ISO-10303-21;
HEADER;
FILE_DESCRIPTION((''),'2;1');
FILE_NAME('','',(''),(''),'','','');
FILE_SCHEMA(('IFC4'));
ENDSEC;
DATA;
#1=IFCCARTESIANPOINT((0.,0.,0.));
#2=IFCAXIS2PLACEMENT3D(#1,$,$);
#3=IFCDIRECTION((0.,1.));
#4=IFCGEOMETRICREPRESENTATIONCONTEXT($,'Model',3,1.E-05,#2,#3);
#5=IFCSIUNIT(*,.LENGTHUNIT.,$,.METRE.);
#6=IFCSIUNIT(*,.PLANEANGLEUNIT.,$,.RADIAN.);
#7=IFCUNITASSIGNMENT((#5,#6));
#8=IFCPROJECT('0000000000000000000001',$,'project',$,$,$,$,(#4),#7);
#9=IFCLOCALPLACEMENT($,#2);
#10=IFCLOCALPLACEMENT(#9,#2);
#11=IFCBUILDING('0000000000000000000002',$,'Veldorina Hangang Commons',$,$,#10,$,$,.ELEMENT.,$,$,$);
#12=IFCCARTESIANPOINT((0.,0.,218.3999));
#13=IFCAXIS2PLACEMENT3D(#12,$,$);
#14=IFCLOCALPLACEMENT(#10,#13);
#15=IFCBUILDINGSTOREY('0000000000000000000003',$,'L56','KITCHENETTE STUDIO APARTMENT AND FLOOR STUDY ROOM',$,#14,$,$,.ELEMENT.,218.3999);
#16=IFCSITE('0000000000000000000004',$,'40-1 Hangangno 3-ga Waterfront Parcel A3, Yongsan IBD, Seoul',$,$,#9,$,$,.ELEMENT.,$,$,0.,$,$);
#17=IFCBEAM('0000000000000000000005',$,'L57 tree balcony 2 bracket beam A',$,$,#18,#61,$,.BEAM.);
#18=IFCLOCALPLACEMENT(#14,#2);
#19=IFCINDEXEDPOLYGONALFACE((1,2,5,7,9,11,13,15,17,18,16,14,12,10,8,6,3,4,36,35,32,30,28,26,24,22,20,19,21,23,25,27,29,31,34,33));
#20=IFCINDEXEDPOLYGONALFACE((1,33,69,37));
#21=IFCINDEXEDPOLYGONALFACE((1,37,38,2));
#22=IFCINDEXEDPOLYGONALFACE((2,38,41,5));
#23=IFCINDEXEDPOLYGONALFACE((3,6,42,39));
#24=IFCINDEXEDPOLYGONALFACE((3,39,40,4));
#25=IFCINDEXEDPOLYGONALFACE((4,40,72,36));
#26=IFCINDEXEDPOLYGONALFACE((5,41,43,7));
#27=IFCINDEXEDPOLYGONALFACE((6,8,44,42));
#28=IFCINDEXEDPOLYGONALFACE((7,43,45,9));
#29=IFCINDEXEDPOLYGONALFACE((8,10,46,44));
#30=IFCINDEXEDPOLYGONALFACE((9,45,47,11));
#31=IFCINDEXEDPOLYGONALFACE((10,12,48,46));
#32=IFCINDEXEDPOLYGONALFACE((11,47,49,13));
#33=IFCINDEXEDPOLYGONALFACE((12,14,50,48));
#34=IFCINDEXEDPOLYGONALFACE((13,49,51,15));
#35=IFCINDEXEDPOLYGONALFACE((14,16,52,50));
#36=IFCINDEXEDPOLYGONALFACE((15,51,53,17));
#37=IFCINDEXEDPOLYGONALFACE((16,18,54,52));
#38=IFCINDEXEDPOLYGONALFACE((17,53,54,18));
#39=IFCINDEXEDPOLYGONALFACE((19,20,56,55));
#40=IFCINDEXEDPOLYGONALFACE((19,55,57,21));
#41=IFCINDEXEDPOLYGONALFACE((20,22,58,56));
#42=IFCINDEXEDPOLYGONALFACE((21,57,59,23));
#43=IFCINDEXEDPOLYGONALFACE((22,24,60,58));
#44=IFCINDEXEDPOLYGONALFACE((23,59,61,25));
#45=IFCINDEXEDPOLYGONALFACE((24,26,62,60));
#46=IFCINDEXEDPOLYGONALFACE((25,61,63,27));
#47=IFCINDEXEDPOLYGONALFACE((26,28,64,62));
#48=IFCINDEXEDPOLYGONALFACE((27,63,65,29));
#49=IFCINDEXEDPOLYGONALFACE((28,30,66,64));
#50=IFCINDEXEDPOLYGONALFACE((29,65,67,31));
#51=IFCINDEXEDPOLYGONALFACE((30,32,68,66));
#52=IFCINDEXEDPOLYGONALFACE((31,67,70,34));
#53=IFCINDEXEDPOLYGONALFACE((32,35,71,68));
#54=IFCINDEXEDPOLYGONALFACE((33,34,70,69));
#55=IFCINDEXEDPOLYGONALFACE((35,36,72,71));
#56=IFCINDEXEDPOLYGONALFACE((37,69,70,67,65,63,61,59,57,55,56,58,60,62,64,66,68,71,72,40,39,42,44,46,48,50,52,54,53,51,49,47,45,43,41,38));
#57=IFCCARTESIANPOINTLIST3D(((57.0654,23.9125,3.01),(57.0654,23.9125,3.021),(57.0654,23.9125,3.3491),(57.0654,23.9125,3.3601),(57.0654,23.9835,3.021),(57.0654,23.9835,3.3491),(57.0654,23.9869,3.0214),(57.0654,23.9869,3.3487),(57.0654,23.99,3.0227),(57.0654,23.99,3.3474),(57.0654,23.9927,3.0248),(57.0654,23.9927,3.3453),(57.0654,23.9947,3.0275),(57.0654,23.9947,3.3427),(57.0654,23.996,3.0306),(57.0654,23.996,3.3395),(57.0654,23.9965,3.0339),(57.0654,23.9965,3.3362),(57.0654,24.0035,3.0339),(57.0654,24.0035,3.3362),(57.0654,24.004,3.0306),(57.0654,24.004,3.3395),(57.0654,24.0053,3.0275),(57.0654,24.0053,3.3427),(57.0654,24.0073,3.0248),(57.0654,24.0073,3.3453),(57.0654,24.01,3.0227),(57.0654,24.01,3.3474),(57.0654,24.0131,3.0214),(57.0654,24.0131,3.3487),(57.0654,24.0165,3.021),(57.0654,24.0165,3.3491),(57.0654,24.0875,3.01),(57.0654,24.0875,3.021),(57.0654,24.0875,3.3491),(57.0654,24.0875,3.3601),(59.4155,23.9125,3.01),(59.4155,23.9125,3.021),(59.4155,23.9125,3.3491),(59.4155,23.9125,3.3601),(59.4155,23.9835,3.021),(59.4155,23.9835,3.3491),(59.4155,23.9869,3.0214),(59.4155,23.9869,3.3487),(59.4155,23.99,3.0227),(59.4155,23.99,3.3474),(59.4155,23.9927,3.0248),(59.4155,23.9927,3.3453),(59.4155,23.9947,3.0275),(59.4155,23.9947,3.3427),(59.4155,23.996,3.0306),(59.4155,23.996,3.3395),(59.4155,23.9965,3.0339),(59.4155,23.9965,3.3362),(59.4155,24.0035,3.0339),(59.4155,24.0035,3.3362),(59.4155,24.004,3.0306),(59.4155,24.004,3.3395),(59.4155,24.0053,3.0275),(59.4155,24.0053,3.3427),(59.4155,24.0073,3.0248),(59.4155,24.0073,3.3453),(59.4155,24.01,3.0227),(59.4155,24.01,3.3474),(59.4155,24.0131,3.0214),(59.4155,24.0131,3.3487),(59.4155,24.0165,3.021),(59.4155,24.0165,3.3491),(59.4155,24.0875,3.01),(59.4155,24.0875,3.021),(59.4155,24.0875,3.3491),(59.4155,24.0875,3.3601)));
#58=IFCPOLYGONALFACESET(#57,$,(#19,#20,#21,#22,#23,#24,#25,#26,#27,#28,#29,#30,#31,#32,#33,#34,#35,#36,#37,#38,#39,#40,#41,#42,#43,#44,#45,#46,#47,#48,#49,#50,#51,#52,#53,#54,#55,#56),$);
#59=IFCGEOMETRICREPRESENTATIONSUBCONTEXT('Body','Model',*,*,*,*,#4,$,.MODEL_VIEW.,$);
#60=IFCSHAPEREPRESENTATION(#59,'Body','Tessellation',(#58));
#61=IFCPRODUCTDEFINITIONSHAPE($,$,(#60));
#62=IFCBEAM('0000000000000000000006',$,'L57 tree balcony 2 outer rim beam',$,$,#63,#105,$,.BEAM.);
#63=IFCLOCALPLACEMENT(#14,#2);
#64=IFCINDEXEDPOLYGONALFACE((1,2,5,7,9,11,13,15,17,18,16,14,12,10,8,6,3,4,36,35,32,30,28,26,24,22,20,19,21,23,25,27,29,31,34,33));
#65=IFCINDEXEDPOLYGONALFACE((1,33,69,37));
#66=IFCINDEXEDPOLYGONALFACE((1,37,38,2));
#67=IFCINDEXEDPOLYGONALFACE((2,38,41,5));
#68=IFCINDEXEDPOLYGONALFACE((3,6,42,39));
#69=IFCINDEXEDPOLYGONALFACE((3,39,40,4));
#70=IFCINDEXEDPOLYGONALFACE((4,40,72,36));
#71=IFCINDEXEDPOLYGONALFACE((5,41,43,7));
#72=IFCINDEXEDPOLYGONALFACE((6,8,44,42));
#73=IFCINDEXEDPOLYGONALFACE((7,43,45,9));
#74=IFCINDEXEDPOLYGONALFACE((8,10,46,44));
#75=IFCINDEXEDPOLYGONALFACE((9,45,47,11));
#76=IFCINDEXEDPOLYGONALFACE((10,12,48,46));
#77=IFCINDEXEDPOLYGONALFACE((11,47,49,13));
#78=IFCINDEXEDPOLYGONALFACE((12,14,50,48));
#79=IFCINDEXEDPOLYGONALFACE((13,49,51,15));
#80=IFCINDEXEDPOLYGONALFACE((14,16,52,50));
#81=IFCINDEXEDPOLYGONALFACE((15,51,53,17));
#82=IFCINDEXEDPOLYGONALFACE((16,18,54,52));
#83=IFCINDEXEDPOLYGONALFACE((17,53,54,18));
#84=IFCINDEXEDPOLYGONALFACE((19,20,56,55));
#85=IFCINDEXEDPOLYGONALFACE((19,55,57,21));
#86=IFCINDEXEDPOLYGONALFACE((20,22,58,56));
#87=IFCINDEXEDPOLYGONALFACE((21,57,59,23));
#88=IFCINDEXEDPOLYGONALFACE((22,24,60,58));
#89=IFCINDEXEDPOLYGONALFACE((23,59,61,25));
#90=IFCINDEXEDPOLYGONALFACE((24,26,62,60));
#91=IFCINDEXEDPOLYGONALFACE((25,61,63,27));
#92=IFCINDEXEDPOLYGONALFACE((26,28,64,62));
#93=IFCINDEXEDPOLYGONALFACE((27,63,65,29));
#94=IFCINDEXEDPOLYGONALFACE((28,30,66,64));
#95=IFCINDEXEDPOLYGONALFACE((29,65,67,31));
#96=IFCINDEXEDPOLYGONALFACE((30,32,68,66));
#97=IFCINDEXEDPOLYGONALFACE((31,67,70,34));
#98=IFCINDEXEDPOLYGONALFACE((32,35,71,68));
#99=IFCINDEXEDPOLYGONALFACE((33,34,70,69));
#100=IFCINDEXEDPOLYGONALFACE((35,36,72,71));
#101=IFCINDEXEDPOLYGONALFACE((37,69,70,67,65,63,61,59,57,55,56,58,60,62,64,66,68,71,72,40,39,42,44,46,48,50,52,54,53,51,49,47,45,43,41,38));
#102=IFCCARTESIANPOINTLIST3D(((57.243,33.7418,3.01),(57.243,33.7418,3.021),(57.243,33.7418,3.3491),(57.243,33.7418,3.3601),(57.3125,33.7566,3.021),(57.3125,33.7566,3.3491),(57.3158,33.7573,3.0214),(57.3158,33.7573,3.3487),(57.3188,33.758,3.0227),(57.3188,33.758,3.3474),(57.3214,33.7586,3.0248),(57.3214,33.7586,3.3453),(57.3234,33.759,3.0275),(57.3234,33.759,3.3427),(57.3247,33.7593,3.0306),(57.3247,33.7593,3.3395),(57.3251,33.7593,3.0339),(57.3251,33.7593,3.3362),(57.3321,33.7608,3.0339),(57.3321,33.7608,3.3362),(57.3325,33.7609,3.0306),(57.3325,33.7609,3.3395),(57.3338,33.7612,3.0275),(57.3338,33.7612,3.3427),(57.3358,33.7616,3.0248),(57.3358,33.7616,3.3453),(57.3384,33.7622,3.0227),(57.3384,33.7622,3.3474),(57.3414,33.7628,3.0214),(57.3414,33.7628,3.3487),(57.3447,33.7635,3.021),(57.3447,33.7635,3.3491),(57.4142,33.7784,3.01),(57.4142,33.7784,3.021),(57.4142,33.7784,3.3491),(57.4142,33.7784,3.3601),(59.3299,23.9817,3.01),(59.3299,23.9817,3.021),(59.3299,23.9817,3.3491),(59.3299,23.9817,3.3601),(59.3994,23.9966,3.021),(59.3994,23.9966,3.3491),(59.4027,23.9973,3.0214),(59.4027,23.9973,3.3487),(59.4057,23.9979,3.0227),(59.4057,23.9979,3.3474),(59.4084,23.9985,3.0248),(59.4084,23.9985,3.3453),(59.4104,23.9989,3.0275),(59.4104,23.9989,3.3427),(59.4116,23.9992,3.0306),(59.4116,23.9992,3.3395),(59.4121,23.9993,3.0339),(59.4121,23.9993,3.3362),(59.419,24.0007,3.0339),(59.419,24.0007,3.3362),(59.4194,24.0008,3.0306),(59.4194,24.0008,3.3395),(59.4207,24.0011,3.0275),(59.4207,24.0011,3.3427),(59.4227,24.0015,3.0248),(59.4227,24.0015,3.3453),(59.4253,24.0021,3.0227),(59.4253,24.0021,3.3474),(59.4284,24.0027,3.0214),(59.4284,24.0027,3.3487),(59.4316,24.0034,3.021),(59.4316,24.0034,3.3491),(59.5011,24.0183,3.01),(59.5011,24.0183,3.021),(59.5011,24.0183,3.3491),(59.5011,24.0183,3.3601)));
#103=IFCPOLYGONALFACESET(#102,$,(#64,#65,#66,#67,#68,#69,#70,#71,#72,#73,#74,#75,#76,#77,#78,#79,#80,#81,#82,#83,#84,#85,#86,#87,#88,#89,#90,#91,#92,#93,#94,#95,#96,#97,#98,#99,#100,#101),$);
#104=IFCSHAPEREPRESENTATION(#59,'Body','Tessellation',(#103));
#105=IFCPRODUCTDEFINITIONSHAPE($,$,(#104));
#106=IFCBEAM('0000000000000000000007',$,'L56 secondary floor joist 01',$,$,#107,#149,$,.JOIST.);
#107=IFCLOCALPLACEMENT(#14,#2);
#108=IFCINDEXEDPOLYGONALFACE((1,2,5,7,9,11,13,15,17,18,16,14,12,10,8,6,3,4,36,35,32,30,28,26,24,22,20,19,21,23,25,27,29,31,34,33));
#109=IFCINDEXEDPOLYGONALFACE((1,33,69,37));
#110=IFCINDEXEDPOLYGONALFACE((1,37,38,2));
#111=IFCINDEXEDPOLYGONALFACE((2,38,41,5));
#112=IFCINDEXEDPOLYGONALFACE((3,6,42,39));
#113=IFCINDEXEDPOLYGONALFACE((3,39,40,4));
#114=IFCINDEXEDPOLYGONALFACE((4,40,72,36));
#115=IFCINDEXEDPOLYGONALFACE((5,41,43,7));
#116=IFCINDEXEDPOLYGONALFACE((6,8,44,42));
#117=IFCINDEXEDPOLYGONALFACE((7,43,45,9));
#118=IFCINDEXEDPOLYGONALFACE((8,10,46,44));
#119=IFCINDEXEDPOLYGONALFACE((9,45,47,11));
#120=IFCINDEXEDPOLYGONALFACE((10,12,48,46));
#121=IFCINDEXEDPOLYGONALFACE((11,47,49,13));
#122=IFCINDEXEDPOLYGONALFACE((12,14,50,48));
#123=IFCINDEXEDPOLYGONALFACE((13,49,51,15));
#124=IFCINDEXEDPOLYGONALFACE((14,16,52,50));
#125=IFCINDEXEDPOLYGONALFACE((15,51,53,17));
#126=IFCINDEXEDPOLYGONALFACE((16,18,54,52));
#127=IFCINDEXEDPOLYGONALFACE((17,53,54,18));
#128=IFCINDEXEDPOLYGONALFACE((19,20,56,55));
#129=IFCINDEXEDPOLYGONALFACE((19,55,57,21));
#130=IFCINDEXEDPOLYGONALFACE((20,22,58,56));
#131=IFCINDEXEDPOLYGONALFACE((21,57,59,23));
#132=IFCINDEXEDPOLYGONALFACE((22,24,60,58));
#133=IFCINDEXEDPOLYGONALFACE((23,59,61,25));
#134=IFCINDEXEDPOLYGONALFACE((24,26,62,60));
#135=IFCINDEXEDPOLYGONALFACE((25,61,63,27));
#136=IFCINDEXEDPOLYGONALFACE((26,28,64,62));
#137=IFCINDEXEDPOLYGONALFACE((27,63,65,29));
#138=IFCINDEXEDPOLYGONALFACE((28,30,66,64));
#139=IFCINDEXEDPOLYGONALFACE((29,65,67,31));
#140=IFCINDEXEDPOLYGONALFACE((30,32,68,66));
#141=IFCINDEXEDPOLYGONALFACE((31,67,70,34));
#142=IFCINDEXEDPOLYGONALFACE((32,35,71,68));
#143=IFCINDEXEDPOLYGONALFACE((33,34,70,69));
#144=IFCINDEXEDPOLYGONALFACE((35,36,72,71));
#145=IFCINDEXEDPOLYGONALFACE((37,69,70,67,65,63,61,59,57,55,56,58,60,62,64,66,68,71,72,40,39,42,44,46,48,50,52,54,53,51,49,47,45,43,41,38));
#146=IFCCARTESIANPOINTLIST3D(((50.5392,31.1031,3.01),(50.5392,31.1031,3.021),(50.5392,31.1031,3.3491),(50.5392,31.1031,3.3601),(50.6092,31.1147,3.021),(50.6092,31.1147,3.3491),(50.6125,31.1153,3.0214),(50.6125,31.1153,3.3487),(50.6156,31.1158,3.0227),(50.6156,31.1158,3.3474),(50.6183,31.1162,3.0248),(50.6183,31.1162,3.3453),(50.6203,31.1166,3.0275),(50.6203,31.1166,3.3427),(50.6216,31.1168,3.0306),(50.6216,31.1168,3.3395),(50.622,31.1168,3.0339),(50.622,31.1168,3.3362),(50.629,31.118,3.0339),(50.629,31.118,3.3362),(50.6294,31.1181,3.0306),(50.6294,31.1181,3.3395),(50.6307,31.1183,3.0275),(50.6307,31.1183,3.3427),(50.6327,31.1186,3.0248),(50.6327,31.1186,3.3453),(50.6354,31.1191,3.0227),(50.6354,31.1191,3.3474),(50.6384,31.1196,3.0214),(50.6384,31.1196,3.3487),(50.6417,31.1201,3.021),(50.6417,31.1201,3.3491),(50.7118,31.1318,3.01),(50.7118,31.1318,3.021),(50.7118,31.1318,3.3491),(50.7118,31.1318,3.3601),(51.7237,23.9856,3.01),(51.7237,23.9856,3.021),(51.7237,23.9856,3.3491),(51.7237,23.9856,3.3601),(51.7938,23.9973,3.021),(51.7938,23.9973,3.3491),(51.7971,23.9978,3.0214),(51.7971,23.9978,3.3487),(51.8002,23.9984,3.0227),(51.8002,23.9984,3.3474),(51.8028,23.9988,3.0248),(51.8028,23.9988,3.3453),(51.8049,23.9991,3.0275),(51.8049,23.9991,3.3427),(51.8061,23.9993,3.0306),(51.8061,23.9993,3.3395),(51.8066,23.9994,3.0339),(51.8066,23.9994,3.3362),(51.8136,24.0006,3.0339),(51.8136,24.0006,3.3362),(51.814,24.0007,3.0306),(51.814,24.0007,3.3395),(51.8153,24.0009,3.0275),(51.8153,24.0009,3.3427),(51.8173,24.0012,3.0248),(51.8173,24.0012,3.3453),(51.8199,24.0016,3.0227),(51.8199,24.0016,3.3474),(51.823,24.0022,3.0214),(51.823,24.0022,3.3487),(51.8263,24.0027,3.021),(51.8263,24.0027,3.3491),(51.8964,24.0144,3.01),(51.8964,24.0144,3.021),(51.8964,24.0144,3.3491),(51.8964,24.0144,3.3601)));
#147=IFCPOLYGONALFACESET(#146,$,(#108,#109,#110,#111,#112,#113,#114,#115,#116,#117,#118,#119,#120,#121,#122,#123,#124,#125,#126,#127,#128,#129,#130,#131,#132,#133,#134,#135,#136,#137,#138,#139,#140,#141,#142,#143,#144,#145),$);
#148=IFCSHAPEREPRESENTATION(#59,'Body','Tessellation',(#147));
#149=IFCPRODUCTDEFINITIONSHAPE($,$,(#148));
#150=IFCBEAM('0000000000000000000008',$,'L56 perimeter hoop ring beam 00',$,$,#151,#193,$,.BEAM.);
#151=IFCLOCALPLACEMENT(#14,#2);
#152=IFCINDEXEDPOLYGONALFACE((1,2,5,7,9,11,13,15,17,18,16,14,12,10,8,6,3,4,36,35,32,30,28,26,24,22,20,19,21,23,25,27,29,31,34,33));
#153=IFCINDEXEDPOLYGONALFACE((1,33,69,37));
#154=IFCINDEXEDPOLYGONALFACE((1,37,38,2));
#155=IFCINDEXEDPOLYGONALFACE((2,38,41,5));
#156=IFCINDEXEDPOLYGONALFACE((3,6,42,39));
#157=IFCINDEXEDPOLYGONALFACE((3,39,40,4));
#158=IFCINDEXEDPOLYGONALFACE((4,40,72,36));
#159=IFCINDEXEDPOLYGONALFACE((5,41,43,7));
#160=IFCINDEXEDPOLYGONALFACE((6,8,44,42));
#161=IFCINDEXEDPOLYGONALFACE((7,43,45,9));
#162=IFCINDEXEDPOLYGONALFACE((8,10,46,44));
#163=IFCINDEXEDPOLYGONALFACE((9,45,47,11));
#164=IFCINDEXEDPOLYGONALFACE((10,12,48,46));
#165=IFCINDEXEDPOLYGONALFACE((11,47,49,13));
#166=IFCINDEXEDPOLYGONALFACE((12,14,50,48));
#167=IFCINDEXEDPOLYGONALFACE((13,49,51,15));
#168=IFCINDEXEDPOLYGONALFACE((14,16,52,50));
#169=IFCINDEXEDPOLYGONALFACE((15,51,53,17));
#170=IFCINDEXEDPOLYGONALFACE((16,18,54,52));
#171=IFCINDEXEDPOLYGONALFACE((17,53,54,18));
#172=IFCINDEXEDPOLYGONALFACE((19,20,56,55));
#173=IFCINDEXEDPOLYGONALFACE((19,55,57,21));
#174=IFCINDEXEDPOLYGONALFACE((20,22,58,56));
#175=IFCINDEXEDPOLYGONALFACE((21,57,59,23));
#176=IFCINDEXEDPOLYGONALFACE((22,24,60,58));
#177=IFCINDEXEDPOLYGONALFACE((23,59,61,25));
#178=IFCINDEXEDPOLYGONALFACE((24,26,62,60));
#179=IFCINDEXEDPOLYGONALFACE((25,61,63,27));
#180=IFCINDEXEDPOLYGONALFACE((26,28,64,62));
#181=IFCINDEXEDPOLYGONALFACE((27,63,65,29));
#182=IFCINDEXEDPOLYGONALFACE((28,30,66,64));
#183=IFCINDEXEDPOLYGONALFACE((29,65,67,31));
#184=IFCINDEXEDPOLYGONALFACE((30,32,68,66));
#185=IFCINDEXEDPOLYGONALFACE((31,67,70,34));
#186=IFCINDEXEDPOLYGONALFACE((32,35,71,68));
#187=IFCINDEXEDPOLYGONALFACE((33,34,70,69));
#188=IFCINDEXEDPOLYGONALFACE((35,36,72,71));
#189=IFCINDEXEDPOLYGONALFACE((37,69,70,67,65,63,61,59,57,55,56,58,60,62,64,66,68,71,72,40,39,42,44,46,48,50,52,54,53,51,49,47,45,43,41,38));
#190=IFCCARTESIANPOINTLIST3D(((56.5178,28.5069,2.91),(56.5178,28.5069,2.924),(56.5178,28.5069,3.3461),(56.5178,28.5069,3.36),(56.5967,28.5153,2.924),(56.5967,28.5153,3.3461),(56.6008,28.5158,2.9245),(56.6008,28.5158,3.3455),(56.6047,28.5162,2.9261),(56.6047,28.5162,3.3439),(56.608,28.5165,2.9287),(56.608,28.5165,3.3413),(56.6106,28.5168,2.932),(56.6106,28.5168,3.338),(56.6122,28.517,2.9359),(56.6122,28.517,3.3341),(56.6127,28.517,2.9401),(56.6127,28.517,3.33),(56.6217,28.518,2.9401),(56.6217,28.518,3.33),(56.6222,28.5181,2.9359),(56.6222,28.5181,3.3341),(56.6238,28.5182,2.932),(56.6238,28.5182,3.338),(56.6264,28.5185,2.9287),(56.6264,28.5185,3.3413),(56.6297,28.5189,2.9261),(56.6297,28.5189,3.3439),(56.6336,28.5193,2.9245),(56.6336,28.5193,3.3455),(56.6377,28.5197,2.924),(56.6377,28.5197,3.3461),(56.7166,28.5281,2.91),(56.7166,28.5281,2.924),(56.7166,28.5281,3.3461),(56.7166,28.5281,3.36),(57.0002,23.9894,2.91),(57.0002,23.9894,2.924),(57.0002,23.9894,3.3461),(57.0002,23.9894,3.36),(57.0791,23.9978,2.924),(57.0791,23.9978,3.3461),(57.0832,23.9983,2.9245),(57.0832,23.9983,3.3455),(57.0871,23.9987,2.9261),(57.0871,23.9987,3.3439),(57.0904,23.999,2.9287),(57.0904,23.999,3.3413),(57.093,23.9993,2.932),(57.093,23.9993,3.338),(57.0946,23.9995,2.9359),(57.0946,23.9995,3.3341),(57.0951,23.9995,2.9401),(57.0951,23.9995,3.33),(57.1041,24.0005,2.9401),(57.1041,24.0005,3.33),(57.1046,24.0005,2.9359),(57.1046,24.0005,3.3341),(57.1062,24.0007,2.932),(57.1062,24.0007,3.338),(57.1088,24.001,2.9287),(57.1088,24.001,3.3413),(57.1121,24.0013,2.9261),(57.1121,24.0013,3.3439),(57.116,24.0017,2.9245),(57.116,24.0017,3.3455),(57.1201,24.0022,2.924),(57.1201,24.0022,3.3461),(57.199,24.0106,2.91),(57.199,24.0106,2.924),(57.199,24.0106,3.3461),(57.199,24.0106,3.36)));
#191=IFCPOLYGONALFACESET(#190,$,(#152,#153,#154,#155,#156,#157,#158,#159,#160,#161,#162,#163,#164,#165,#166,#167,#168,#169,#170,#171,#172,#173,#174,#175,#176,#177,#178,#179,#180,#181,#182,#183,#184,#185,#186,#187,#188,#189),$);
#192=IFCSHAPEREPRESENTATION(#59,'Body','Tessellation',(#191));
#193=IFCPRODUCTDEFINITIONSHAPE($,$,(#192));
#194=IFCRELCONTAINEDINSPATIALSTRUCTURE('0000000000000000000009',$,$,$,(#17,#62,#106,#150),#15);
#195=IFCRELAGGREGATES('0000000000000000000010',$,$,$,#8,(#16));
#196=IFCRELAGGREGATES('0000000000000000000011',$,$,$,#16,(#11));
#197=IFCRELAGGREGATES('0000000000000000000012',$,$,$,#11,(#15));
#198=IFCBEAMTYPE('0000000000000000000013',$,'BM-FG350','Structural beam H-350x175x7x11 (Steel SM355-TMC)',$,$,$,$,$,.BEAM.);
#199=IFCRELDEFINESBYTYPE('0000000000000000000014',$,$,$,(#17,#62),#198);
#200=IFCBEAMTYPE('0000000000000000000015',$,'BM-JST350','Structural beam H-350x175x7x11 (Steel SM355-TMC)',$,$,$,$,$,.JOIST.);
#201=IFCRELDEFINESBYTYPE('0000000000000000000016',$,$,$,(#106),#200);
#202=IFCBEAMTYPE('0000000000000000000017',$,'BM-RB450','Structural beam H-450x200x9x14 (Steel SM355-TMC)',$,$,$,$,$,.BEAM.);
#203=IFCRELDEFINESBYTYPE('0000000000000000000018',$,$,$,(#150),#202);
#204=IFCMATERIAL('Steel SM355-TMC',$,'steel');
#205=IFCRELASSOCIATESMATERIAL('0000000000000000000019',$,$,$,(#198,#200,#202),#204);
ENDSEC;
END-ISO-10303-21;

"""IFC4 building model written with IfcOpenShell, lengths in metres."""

from ifc_helpers import new_model, si_unit, direction, frame, origin, origin_2d, place, context, subcontext, project, spatial, i_section, extrude, material, material_profile, profile_set, type_object, element, save


model = new_model("IFC4")

# Units and contexts
model_context = context("Model", 3, precision=1e-05, world=origin(), true_north=direction((0.0, 1.0)))
body_context = subcontext(model_context, "Body", "Model", "MODEL_VIEW")
ifc_project = project(units=[si_unit("LENGTHUNIT", "METRE"), si_unit("PLANEANGLEUNIT", "RADIAN")], contexts=[model_context])

# Site, building, storey
site_placement = place(None, origin())
site = spatial("IfcSite", under=ifc_project, at=site_placement, Name="40-1 Hangangno 3-ga Waterfront Parcel A3, Yongsan IBD, Seoul", CompositionType="ELEMENT", RefElevation=0.0)
building_placement = place(site_placement, origin())
building = spatial("IfcBuilding", under=site, at=building_placement, Name="Veldorina Hangang Commons", CompositionType="ELEMENT")
storey_placement = place(building_placement, frame((0.0, 0.0, 218.3999)))
storey = spatial("IfcBuildingStorey", under=building, at=storey_placement, Name="L56", Description="KITCHENETTE STUDIO APARTMENT AND FLOOR STUDY ROOM", CompositionType="ELEMENT", Elevation=218.3999)

# Beams
ifc_material_1 = material(Name="Steel SM355-TMC", Category="steel")
ifc_material_profile_1 = material_profile(ifc_material_1, i_section(OverallWidth=0.175, OverallDepth=0.3501, WebThickness=0.0071, FlangeThickness=0.011, FilletRadius=0.0129, at=origin_2d()), Name="H-350x175x7x11")
ifc_profile_set_1 = profile_set([ifc_material_profile_1], Name="Steel SM355-TMC")
beam_type_1 = type_object("IfcBeamType", Name="BM-FG350", Description="Structural beam H-350x175x7x11 (Steel SM355-TMC)", PredefinedType="BEAM", material=ifc_profile_set_1)
beam_1_placement = place(storey_placement, frame((57.0654, 24.0, 3.1851), z_axis=(1.0, 0.0, 0.0), x_axis=(0.0, 1.0, 0.0)))
element("IfcBeam", 1, at=beam_1_placement, inside=storey, type_object=beam_type_1, Name="L57 tree balcony 2 bracket beam A", PredefinedType="BEAM", context=body_context, shape_type="SweptSolid", body=[
    extrude(i_section(OverallWidth=0.175, OverallDepth=0.3501, WebThickness=0.0071, FlangeThickness=0.011, FilletRadius=0.0129, at=origin_2d()), origin(), (0.0, 0.0, 1.0), 2.3501),
])
beam_2_placement = place(storey_placement, frame((59.4155, 24.0, 3.1851), z_axis=(-0.209096, 0.977895, 0.0), x_axis=(-0.977895, -0.209096, 0.0)))
element("IfcBeam", 2, at=beam_2_placement, inside=storey, type_object=beam_type_1, Name="L57 tree balcony 2 outer rim beam", PredefinedType="BEAM", context=body_context, shape_type="SweptSolid", body=[
    extrude(i_section(OverallWidth=0.175, OverallDepth=0.3501, WebThickness=0.0071, FlangeThickness=0.011, FilletRadius=0.0129, at=origin_2d()), origin(), (0.0, 0.0, 1.0), 9.9807),
])
ifc_material_profile_2 = material_profile(ifc_material_1, i_section(OverallWidth=0.175, OverallDepth=0.3501, WebThickness=0.0071, FlangeThickness=0.011, FilletRadius=0.0129, at=origin_2d()), Name="H-350x175x7x11")
ifc_profile_set_2 = profile_set([ifc_material_profile_2], Name="Steel SM355-TMC")
beam_type_2 = type_object("IfcBeamType", Name="BM-JST350", Description="Structural beam H-350x175x7x11 (Steel SM355-TMC)", PredefinedType="JOIST", material=ifc_profile_set_2)
beam_3_placement = place(storey_placement, frame((51.8101, 24.0, 3.1851), z_axis=(-0.164174, 0.986431, 0.0), x_axis=(-0.986431, -0.164174, 0.0)))
element("IfcBeam", 3, at=beam_3_placement, inside=storey, type_object=beam_type_2, Name="L56 secondary floor joist 01", PredefinedType="JOIST", context=body_context, shape_type="SweptSolid", body=[
    extrude(i_section(OverallWidth=0.175, OverallDepth=0.3501, WebThickness=0.0071, FlangeThickness=0.011, FilletRadius=0.0129, at=origin_2d()), origin(), (0.0, 0.0, 1.0), 7.2153),
])
ifc_material_profile_3 = material_profile(ifc_material_1, i_section(OverallWidth=0.2, OverallDepth=0.45, WebThickness=0.009, FlangeThickness=0.0139, FilletRadius=0.0161, at=origin_2d()), Name="H-450x200x9x14")
ifc_profile_set_3 = profile_set([ifc_material_profile_3], Name="Steel SM355-TMC")
beam_type_3 = type_object("IfcBeamType", Name="BM-RB450", Description="Structural beam H-450x200x9x14 (Steel SM355-TMC)", PredefinedType="BEAM", material=ifc_profile_set_3)
beam_4_placement = place(storey_placement, frame((57.0996, 24.0, 3.135), z_axis=(-0.106184, 0.994346, 0.0), x_axis=(-0.994346, -0.106184, 0.0)))
element("IfcBeam", 4, at=beam_4_placement, inside=storey, type_object=beam_type_3, Name="L56 perimeter hoop ring beam 00", PredefinedType="BEAM", context=body_context, shape_type="SweptSolid", body=[
    extrude(i_section(OverallWidth=0.2, OverallDepth=0.45, WebThickness=0.009, FlangeThickness=0.0139, FilletRadius=0.0161, at=origin_2d()), origin(), (0.0, 0.0, 1.0), 4.5432),
])

save(model, "model.ifc")
